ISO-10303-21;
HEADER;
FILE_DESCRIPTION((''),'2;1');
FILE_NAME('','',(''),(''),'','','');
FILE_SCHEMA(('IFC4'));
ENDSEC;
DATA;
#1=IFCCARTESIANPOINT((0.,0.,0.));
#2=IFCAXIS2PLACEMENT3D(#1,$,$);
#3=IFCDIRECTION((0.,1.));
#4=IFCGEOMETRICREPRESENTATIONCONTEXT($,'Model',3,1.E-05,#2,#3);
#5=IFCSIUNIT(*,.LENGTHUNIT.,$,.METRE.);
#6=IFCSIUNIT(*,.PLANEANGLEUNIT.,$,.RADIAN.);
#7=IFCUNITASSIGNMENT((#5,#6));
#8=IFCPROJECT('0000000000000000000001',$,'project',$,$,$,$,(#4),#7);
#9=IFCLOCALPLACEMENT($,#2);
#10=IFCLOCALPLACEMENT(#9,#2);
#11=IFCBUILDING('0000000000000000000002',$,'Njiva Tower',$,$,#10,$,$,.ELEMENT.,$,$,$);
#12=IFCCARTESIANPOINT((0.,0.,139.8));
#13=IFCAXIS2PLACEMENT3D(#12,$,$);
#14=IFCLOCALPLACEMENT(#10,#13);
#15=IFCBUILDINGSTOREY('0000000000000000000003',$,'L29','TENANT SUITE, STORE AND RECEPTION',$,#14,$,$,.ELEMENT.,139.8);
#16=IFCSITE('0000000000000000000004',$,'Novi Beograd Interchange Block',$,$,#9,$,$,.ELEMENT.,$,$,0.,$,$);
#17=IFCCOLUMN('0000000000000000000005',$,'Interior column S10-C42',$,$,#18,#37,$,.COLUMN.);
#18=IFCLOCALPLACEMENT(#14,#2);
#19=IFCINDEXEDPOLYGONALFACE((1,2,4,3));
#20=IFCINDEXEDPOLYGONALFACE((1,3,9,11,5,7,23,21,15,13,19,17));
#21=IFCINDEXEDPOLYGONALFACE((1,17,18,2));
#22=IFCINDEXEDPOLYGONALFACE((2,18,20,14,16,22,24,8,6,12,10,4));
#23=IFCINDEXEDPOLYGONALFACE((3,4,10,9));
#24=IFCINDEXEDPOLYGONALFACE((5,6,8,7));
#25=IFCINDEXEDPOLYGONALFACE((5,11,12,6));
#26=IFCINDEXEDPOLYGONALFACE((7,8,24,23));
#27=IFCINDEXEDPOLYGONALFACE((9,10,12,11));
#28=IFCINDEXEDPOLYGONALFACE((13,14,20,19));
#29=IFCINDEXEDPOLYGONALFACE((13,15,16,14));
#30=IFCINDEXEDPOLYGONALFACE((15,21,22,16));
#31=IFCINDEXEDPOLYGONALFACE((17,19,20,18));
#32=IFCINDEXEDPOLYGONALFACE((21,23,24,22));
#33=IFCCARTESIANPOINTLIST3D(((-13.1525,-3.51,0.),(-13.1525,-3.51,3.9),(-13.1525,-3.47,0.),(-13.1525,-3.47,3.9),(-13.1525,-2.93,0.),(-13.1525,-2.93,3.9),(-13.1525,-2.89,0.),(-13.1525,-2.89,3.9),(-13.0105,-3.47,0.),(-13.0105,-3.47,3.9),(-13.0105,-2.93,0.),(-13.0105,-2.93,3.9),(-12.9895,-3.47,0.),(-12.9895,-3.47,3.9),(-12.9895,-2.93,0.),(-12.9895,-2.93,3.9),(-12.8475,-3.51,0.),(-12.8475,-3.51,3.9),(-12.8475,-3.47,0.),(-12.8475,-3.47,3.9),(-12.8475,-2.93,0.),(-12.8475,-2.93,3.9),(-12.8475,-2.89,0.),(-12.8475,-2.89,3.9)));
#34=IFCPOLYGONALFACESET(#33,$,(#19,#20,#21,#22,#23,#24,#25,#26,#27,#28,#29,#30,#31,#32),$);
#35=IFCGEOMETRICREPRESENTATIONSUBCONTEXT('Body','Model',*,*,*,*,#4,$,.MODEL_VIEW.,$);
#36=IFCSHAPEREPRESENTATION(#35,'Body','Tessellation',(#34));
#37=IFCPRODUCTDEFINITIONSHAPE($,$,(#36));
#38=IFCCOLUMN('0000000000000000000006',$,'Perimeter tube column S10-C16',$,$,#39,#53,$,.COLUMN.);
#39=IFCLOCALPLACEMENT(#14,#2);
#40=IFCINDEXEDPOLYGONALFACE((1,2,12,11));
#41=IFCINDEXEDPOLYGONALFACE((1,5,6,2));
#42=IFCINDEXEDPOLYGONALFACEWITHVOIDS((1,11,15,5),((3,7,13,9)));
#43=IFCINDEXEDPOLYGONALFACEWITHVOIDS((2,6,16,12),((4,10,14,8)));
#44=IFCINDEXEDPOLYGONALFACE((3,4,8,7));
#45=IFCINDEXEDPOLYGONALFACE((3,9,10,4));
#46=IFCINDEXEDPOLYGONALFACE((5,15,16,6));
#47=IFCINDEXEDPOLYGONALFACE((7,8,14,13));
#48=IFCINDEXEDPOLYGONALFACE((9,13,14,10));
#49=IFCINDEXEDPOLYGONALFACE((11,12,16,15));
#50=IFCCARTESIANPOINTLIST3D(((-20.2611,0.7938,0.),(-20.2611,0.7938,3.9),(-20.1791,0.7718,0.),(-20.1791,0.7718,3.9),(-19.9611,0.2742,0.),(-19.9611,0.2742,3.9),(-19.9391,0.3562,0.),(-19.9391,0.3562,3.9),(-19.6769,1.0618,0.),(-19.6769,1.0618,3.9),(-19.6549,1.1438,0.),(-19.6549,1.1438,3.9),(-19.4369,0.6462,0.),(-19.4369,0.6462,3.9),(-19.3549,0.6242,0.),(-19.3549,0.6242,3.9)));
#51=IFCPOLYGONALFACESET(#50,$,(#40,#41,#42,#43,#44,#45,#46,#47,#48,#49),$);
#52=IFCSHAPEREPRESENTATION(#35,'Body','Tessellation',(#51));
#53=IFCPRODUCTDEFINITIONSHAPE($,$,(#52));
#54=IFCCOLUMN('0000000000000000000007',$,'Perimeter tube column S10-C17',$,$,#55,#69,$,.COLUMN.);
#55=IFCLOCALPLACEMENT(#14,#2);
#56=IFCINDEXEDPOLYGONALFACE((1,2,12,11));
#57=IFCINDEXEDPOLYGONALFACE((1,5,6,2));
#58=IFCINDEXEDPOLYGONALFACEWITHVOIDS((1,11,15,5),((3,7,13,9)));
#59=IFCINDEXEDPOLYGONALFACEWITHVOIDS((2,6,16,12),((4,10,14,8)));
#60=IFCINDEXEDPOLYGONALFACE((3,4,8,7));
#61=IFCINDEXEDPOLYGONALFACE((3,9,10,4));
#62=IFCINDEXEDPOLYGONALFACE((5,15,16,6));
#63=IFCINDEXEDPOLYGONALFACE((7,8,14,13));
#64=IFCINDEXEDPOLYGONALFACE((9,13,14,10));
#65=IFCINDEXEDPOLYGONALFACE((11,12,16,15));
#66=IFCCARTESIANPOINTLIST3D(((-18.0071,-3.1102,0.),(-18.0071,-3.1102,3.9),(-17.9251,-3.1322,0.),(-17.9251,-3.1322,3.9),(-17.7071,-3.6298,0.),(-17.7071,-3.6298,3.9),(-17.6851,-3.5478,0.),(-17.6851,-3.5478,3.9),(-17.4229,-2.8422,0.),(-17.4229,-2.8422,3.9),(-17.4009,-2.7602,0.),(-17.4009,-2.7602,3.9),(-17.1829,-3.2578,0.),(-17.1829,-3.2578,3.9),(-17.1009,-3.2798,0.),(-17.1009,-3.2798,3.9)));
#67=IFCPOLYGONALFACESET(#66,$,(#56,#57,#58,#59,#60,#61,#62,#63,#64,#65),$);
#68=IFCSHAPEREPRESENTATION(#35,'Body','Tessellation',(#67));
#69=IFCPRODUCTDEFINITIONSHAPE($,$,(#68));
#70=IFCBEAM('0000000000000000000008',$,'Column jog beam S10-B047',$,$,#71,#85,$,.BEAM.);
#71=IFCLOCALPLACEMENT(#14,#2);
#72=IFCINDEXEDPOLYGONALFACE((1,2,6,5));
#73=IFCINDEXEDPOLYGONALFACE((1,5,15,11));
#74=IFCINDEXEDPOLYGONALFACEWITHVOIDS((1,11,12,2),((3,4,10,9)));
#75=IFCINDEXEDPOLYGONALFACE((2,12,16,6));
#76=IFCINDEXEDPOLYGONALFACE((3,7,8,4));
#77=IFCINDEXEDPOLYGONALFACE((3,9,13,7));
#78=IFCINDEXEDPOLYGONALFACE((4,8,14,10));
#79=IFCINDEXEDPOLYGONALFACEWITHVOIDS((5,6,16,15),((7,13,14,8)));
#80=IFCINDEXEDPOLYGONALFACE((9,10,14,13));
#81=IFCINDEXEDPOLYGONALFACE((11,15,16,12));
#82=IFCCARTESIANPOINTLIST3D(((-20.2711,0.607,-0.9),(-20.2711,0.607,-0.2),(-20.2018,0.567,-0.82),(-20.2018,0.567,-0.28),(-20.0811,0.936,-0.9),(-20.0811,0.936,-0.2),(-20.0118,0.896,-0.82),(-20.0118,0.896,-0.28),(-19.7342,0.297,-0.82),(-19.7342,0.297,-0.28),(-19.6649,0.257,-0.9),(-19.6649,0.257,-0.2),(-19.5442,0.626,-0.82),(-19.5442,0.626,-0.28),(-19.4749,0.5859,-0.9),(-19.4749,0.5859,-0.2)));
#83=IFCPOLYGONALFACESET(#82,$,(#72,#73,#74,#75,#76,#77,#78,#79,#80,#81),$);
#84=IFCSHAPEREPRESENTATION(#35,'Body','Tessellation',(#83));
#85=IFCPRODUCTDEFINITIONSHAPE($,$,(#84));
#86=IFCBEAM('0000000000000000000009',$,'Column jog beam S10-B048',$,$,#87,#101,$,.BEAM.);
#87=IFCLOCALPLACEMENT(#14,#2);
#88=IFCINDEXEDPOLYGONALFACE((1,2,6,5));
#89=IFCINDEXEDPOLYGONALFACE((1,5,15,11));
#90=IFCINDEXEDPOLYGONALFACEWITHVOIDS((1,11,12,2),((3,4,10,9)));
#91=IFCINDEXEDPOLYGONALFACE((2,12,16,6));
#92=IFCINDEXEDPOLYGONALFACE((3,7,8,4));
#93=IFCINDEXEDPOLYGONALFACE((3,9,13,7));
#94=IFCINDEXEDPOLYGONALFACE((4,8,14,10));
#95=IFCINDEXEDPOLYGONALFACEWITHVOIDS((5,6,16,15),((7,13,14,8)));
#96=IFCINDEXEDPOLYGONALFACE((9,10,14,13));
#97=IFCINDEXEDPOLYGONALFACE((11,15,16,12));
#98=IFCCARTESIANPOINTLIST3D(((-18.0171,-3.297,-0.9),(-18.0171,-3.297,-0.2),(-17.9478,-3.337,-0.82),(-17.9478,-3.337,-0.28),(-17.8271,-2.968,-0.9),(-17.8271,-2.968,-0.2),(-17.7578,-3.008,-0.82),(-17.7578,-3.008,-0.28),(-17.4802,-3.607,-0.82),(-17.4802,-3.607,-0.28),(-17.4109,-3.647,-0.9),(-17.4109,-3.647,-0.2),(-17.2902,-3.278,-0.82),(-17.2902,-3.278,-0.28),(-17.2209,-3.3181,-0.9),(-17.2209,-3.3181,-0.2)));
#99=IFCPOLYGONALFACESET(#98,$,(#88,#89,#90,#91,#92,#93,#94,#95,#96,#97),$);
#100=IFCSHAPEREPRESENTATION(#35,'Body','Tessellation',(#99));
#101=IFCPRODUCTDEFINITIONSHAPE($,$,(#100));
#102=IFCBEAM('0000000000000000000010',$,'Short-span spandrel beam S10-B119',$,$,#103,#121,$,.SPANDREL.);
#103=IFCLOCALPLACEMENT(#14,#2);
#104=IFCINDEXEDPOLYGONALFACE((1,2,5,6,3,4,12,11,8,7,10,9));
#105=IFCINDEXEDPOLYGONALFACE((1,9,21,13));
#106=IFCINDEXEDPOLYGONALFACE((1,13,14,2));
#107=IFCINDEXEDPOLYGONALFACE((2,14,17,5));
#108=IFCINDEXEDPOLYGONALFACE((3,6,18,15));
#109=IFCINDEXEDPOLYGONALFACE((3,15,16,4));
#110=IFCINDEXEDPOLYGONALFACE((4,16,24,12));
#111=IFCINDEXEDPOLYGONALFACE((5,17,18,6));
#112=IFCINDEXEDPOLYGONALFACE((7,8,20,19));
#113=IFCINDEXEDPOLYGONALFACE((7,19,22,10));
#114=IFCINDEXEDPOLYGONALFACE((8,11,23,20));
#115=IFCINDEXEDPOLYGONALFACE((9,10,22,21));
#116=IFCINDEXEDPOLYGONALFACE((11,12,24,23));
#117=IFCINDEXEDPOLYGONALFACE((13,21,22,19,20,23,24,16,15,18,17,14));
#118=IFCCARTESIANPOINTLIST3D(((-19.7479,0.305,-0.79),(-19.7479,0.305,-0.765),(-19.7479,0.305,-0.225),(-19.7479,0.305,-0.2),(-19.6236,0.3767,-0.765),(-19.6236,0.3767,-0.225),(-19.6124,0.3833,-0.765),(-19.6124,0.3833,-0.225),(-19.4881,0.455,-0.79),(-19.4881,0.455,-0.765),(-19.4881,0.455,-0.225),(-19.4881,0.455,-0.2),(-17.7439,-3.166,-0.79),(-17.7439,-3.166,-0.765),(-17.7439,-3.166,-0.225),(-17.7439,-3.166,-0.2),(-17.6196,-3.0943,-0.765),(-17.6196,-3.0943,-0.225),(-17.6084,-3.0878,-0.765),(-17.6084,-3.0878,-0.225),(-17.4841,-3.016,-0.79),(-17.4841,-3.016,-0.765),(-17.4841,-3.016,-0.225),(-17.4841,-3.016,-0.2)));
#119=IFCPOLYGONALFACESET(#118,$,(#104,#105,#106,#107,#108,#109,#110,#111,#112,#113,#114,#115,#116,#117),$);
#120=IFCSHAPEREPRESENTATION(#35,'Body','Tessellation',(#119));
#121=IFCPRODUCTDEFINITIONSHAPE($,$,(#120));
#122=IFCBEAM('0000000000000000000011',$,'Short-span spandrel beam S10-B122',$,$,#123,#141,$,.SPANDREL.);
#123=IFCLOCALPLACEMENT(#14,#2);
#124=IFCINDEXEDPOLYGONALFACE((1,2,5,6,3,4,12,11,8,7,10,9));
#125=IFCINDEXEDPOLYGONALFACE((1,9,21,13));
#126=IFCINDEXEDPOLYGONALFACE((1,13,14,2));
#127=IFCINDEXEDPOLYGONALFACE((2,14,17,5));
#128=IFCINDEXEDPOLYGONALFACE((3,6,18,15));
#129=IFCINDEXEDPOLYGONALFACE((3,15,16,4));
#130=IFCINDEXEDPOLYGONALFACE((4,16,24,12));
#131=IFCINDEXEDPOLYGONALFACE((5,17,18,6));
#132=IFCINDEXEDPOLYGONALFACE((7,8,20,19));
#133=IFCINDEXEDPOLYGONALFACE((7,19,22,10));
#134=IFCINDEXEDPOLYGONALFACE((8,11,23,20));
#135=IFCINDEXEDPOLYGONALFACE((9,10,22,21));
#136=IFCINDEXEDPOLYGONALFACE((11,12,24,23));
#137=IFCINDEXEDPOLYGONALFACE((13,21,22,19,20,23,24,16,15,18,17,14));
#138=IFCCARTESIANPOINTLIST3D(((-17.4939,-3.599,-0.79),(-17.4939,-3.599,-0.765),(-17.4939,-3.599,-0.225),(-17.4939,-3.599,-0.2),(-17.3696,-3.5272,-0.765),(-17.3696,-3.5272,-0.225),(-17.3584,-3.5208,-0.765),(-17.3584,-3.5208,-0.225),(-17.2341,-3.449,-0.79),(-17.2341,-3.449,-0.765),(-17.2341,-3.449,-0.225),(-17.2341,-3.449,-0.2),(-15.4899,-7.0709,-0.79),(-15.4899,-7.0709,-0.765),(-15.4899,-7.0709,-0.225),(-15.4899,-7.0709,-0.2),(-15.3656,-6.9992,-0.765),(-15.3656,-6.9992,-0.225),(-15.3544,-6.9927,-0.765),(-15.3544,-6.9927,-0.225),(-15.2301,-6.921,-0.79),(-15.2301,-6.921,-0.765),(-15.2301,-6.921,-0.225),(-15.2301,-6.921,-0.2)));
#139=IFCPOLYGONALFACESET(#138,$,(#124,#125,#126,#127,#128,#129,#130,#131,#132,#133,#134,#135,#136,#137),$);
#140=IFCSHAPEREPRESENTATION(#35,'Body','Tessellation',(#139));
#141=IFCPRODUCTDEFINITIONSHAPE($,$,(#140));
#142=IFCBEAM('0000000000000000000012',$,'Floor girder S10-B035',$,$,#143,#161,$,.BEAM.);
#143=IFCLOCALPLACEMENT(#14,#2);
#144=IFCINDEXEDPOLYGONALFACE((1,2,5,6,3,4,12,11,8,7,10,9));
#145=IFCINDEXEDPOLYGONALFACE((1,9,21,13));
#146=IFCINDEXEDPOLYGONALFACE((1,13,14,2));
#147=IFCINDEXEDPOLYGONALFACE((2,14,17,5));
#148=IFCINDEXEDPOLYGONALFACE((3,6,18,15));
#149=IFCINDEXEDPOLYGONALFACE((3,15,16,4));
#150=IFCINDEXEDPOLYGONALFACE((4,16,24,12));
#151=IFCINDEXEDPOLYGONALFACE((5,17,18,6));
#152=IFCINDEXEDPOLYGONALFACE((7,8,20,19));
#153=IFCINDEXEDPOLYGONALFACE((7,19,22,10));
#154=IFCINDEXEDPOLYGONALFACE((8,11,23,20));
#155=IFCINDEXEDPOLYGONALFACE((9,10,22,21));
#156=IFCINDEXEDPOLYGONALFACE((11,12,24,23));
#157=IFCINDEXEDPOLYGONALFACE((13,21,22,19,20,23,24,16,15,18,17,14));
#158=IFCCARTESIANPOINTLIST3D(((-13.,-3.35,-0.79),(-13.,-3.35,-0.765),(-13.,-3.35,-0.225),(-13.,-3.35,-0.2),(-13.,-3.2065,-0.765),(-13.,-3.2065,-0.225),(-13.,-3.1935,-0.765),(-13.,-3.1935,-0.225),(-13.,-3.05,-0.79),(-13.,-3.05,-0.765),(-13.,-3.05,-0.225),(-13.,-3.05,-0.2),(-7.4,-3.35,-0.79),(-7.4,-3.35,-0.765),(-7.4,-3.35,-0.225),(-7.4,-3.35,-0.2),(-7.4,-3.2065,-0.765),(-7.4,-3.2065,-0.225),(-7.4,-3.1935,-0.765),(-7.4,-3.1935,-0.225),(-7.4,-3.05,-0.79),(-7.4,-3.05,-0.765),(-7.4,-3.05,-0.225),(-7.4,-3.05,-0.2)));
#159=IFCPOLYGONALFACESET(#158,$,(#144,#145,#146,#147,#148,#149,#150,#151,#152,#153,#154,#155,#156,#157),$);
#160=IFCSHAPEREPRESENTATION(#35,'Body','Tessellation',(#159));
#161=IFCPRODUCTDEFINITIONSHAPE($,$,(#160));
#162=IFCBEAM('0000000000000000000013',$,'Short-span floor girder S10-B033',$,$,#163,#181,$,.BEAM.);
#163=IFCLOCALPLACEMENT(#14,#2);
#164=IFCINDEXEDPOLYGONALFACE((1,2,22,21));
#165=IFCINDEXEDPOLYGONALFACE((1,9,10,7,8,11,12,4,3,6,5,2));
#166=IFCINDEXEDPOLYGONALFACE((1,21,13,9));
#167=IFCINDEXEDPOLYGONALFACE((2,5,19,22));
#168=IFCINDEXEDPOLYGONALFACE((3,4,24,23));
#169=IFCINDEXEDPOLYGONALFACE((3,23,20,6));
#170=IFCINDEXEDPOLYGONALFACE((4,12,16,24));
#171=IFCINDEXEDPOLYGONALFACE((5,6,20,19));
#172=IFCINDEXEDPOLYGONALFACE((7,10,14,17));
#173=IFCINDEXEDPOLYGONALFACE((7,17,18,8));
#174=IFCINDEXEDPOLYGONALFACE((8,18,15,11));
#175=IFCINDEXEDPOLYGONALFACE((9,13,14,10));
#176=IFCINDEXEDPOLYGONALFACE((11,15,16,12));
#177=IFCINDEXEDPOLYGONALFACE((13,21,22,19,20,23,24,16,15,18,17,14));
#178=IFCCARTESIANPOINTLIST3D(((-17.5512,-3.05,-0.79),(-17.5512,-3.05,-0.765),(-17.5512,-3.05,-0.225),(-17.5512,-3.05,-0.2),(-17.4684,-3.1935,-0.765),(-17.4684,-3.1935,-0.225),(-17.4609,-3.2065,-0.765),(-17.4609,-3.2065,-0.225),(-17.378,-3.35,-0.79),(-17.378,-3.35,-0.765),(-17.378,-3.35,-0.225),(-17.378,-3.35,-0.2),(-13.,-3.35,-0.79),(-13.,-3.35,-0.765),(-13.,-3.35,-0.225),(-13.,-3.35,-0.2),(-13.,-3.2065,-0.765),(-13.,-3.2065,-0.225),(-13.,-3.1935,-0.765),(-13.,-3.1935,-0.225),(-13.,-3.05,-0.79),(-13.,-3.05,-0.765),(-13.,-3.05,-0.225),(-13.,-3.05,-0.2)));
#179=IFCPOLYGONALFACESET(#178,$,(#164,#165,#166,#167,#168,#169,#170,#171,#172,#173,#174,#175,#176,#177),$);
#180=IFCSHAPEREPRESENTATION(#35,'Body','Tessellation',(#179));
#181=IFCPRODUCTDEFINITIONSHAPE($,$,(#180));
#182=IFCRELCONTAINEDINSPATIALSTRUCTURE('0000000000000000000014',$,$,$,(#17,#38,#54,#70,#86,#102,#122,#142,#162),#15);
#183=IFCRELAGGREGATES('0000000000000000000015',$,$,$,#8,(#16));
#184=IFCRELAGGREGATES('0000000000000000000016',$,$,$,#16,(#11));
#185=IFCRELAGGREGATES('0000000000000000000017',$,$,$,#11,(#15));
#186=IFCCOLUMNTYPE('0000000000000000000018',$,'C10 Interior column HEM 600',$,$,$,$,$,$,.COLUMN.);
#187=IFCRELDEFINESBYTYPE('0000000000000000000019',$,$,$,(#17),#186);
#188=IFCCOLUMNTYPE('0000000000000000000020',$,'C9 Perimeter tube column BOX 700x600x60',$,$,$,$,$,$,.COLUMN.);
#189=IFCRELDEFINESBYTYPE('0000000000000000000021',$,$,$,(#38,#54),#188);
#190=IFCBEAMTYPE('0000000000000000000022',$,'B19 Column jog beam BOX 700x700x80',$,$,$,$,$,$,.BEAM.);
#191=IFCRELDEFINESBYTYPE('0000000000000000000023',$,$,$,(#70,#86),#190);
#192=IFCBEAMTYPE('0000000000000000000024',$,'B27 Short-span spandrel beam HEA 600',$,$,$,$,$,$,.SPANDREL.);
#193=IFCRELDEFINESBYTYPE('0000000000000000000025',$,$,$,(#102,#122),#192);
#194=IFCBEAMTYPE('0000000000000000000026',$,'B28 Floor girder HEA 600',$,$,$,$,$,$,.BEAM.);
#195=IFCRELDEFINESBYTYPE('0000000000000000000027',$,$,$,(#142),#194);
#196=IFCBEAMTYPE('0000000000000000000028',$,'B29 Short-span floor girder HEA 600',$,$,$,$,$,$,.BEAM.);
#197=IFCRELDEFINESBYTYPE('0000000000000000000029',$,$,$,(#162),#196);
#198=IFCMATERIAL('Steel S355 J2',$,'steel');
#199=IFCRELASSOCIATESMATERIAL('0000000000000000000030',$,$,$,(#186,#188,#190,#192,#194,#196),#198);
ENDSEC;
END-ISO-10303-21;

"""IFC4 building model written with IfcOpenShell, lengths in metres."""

from ifc_helpers import new_model, si_unit, direction, frame, origin, origin_2d, place, context, subcontext, project, spatial, hollow_rectangle, i_section, extrude, clip, halfspace, material, material_profile, profile_set, type_object, element, save


model = new_model("IFC4")

# Units and contexts
model_context = context("Model", 3, precision=1e-05, world=origin(), true_north=direction((0.0, 1.0)))
body_context = subcontext(model_context, "Body", "Model", "MODEL_VIEW")
ifc_project = project(units=[si_unit("LENGTHUNIT", "METRE"), si_unit("PLANEANGLEUNIT", "RADIAN")], contexts=[model_context])

# Site, building, storey
site_placement = place(None, origin())
site = spatial("IfcSite", under=ifc_project, at=site_placement, Name="Novi Beograd Interchange Block", CompositionType="ELEMENT", RefElevation=0.0)
building_placement = place(site_placement, origin())
building = spatial("IfcBuilding", under=site, at=building_placement, Name="Njiva Tower", CompositionType="ELEMENT")
storey_placement = place(building_placement, frame((0.0, 0.0, 139.8)))
storey = spatial("IfcBuildingStorey", under=building, at=storey_placement, Name="L29", Description="TENANT SUITE, STORE AND RECEPTION", CompositionType="ELEMENT", Elevation=139.8)

# Columns
ifc_material_1 = material(Name="Steel S355 J2", Category="steel")
ifc_material_profile_1 = material_profile(ifc_material_1, i_section(OverallWidth=0.305, OverallDepth=0.62, WebThickness=0.021, FlangeThickness=0.04, at=origin_2d()), Name="HEM 600")
ifc_profile_set_1 = profile_set([ifc_material_profile_1], Name="Steel S355 J2")
column_type_1 = type_object("IfcColumnType", Name="C10 Interior column HEM 600", PredefinedType="COLUMN", material=ifc_profile_set_1)
column_placement = place(storey_placement, frame((-13.0, -3.2, 0.0), z_axis=(0.0, 0.0, 1.0), x_axis=(1.0, 0.0, 0.0)))
element("IfcColumn", 1, at=column_placement, inside=storey, type_object=column_type_1, Name="Interior column S10-C42", PredefinedType="COLUMN", context=body_context, shape_type="SweptSolid", body=[
    extrude(i_section(OverallWidth=0.305, OverallDepth=0.62, WebThickness=0.021, FlangeThickness=0.04, at=origin_2d()), origin(), (0.0, 0.0, 1.0), 3.9),
])
ifc_material_profile_2 = material_profile(ifc_material_1, hollow_rectangle(XDim=0.6, YDim=0.7, WallThickness=0.06, at=origin_2d()), Name="BOX 700x600x60")
ifc_profile_set_2 = profile_set([ifc_material_profile_2], Name="Steel S355 J2")
column_type_2 = type_object("IfcColumnType", Name="C9 Perimeter tube column BOX 700x600x60", PredefinedType="COLUMN", material=ifc_profile_set_2)
for number, where, z_axis, x_axis, name in (
    (2, (-19.808, 0.709, 0.0), (0.0, 0.0, 1.0), (0.5, -0.866025, 0.0), "Perimeter tube column S10-C16"),
    (3, (-17.554, -3.195, 0.0), (0.0, 0.0, 1.0), (0.5, -0.866025, 0.0), "Perimeter tube column S10-C17"),
):
    element("IfcColumn", number, at=place(storey_placement, frame(where, z_axis=z_axis, x_axis=x_axis)), inside=storey, type_object=column_type_2, Name=name, PredefinedType="COLUMN", context=body_context, shape_type="SweptSolid", body=[
        extrude(hollow_rectangle(XDim=0.6, YDim=0.7, WallThickness=0.06, at=origin_2d()), origin(), (0.0, 0.0, 1.0), 3.9),
    ])

# Beams
ifc_material_profile_3 = material_profile(ifc_material_1, hollow_rectangle(XDim=0.7, YDim=0.7, WallThickness=0.08, at=origin_2d()), Name="BOX 700x700x80")
ifc_profile_set_3 = profile_set([ifc_material_profile_3], Name="Steel S355 J2")
beam_type_1 = type_object("IfcBeamType", Name="B19 Column jog beam BOX 700x700x80", PredefinedType="BEAM", material=ifc_profile_set_3)
for number, where, z_axis, x_axis, name in (
    (4, (-19.968, 0.432, -0.55), (0.500102, 0.865966, 0.0), (-0.865966, 0.500102, 0.0), "Column jog beam S10-B047"),
    (5, (-17.714, -3.472, -0.55), (0.500102, 0.865966, 0.0), (-0.865966, 0.500102, 0.0), "Column jog beam S10-B048"),
):
    element("IfcBeam", number, at=place(storey_placement, frame(where, z_axis=z_axis, x_axis=x_axis)), inside=storey, type_object=beam_type_1, Name=name, PredefinedType="BEAM", context=body_context, shape_type="SweptSolid", body=[
        extrude(hollow_rectangle(XDim=0.7, YDim=0.7, WallThickness=0.08, at=origin_2d()), origin(), (0.0, 0.0, 1.0), 0.3799),
    ])
ifc_material_profile_4 = material_profile(ifc_material_1, i_section(OverallWidth=0.3, OverallDepth=0.59, WebThickness=0.013, FlangeThickness=0.025, at=origin_2d()), Name="HEA 600")
ifc_profile_set_4 = profile_set([ifc_material_profile_4], Name="Steel S355 J2")
beam_type_2 = type_object("IfcBeamType", Name="B27 Short-span spandrel beam HEA 600", PredefinedType="SPANDREL", material=ifc_profile_set_4)
beam_1_placement = place(storey_placement, frame((-19.618, 0.38, -0.495), z_axis=(0.500003, -0.866024, 0.0), x_axis=(0.866024, 0.500003, 0.0)))
element("IfcBeam", 6, at=beam_1_placement, inside=storey, type_object=beam_type_2, Name="Short-span spandrel beam S10-B119", PredefinedType="SPANDREL", context=body_context, shape_type="SweptSolid", body=[
    extrude(i_section(OverallWidth=0.3, OverallDepth=0.59, WebThickness=0.013, FlangeThickness=0.025, at=origin_2d()), origin(), (0.0, 0.0, 1.0), 4.008),
])
beam_2_placement = place(storey_placement, frame((-17.364, -3.524, -0.495), z_axis=(0.499895, -0.866086, 0.0), x_axis=(0.866086, 0.499895, 0.0)))
element("IfcBeam", 7, at=beam_2_placement, inside=storey, type_object=beam_type_2, Name="Short-span spandrel beam S10-B122", PredefinedType="SPANDREL", context=body_context, shape_type="SweptSolid", body=[
    extrude(i_section(OverallWidth=0.3, OverallDepth=0.59, WebThickness=0.013, FlangeThickness=0.025, at=origin_2d()), origin(), (0.0, 0.0, 1.0), 4.0088),
])
ifc_material_profile_5 = material_profile(ifc_material_1, i_section(OverallWidth=0.3, OverallDepth=0.59, WebThickness=0.013, FlangeThickness=0.025, at=origin_2d()), Name="HEA 600")
ifc_profile_set_5 = profile_set([ifc_material_profile_5], Name="Steel S355 J2")
beam_type_3 = type_object("IfcBeamType", Name="B28 Floor girder HEA 600", PredefinedType="BEAM", material=ifc_profile_set_5)
beam_3_placement = place(storey_placement, frame((-13.0, -3.2, -0.495), z_axis=(1.0, 0.0, 0.0), x_axis=(0.0, 1.0, 0.0)))
element("IfcBeam", 8, at=beam_3_placement, inside=storey, type_object=beam_type_3, Name="Floor girder S10-B035", PredefinedType="BEAM", context=body_context, shape_type="SweptSolid", body=[
    extrude(i_section(OverallWidth=0.3, OverallDepth=0.59, WebThickness=0.013, FlangeThickness=0.025, at=origin_2d()), origin(), (0.0, 0.0, 1.0), 5.6),
])
ifc_material_profile_6 = material_profile(ifc_material_1, i_section(OverallWidth=0.3, OverallDepth=0.59, WebThickness=0.013, FlangeThickness=0.025, at=origin_2d()), Name="HEA 600")
ifc_profile_set_6 = profile_set([ifc_material_profile_6], Name="Steel S355 J2")
beam_type_4 = type_object("IfcBeamType", Name="B29 Short-span floor girder HEA 600", PredefinedType="BEAM", material=ifc_profile_set_6)
beam_4_placement = place(storey_placement, frame((-17.572, -3.2, -0.495), z_axis=(1.0, 0.0, 0.0), x_axis=(0.0, 1.0, 0.0)))
element("IfcBeam", 9, at=beam_4_placement, inside=storey, type_object=beam_type_4, Name="Short-span floor girder S10-B033", PredefinedType="BEAM", context=body_context, shape_type="Clipping", body=[
    clip(extrude(i_section(OverallWidth=0.3, OverallDepth=0.59, WebThickness=0.013, FlangeThickness=0.025, at=origin_2d()), origin(), (0.0, 0.0, 1.0), 4.572), halfspace(frame((-0.025, 0.0, 0.1218), z_axis=(-0.499998, 0.0, -0.866027), x_axis=(0.0, -1.0, 0.0)), False)),
])

save(model, "model.ifc")
